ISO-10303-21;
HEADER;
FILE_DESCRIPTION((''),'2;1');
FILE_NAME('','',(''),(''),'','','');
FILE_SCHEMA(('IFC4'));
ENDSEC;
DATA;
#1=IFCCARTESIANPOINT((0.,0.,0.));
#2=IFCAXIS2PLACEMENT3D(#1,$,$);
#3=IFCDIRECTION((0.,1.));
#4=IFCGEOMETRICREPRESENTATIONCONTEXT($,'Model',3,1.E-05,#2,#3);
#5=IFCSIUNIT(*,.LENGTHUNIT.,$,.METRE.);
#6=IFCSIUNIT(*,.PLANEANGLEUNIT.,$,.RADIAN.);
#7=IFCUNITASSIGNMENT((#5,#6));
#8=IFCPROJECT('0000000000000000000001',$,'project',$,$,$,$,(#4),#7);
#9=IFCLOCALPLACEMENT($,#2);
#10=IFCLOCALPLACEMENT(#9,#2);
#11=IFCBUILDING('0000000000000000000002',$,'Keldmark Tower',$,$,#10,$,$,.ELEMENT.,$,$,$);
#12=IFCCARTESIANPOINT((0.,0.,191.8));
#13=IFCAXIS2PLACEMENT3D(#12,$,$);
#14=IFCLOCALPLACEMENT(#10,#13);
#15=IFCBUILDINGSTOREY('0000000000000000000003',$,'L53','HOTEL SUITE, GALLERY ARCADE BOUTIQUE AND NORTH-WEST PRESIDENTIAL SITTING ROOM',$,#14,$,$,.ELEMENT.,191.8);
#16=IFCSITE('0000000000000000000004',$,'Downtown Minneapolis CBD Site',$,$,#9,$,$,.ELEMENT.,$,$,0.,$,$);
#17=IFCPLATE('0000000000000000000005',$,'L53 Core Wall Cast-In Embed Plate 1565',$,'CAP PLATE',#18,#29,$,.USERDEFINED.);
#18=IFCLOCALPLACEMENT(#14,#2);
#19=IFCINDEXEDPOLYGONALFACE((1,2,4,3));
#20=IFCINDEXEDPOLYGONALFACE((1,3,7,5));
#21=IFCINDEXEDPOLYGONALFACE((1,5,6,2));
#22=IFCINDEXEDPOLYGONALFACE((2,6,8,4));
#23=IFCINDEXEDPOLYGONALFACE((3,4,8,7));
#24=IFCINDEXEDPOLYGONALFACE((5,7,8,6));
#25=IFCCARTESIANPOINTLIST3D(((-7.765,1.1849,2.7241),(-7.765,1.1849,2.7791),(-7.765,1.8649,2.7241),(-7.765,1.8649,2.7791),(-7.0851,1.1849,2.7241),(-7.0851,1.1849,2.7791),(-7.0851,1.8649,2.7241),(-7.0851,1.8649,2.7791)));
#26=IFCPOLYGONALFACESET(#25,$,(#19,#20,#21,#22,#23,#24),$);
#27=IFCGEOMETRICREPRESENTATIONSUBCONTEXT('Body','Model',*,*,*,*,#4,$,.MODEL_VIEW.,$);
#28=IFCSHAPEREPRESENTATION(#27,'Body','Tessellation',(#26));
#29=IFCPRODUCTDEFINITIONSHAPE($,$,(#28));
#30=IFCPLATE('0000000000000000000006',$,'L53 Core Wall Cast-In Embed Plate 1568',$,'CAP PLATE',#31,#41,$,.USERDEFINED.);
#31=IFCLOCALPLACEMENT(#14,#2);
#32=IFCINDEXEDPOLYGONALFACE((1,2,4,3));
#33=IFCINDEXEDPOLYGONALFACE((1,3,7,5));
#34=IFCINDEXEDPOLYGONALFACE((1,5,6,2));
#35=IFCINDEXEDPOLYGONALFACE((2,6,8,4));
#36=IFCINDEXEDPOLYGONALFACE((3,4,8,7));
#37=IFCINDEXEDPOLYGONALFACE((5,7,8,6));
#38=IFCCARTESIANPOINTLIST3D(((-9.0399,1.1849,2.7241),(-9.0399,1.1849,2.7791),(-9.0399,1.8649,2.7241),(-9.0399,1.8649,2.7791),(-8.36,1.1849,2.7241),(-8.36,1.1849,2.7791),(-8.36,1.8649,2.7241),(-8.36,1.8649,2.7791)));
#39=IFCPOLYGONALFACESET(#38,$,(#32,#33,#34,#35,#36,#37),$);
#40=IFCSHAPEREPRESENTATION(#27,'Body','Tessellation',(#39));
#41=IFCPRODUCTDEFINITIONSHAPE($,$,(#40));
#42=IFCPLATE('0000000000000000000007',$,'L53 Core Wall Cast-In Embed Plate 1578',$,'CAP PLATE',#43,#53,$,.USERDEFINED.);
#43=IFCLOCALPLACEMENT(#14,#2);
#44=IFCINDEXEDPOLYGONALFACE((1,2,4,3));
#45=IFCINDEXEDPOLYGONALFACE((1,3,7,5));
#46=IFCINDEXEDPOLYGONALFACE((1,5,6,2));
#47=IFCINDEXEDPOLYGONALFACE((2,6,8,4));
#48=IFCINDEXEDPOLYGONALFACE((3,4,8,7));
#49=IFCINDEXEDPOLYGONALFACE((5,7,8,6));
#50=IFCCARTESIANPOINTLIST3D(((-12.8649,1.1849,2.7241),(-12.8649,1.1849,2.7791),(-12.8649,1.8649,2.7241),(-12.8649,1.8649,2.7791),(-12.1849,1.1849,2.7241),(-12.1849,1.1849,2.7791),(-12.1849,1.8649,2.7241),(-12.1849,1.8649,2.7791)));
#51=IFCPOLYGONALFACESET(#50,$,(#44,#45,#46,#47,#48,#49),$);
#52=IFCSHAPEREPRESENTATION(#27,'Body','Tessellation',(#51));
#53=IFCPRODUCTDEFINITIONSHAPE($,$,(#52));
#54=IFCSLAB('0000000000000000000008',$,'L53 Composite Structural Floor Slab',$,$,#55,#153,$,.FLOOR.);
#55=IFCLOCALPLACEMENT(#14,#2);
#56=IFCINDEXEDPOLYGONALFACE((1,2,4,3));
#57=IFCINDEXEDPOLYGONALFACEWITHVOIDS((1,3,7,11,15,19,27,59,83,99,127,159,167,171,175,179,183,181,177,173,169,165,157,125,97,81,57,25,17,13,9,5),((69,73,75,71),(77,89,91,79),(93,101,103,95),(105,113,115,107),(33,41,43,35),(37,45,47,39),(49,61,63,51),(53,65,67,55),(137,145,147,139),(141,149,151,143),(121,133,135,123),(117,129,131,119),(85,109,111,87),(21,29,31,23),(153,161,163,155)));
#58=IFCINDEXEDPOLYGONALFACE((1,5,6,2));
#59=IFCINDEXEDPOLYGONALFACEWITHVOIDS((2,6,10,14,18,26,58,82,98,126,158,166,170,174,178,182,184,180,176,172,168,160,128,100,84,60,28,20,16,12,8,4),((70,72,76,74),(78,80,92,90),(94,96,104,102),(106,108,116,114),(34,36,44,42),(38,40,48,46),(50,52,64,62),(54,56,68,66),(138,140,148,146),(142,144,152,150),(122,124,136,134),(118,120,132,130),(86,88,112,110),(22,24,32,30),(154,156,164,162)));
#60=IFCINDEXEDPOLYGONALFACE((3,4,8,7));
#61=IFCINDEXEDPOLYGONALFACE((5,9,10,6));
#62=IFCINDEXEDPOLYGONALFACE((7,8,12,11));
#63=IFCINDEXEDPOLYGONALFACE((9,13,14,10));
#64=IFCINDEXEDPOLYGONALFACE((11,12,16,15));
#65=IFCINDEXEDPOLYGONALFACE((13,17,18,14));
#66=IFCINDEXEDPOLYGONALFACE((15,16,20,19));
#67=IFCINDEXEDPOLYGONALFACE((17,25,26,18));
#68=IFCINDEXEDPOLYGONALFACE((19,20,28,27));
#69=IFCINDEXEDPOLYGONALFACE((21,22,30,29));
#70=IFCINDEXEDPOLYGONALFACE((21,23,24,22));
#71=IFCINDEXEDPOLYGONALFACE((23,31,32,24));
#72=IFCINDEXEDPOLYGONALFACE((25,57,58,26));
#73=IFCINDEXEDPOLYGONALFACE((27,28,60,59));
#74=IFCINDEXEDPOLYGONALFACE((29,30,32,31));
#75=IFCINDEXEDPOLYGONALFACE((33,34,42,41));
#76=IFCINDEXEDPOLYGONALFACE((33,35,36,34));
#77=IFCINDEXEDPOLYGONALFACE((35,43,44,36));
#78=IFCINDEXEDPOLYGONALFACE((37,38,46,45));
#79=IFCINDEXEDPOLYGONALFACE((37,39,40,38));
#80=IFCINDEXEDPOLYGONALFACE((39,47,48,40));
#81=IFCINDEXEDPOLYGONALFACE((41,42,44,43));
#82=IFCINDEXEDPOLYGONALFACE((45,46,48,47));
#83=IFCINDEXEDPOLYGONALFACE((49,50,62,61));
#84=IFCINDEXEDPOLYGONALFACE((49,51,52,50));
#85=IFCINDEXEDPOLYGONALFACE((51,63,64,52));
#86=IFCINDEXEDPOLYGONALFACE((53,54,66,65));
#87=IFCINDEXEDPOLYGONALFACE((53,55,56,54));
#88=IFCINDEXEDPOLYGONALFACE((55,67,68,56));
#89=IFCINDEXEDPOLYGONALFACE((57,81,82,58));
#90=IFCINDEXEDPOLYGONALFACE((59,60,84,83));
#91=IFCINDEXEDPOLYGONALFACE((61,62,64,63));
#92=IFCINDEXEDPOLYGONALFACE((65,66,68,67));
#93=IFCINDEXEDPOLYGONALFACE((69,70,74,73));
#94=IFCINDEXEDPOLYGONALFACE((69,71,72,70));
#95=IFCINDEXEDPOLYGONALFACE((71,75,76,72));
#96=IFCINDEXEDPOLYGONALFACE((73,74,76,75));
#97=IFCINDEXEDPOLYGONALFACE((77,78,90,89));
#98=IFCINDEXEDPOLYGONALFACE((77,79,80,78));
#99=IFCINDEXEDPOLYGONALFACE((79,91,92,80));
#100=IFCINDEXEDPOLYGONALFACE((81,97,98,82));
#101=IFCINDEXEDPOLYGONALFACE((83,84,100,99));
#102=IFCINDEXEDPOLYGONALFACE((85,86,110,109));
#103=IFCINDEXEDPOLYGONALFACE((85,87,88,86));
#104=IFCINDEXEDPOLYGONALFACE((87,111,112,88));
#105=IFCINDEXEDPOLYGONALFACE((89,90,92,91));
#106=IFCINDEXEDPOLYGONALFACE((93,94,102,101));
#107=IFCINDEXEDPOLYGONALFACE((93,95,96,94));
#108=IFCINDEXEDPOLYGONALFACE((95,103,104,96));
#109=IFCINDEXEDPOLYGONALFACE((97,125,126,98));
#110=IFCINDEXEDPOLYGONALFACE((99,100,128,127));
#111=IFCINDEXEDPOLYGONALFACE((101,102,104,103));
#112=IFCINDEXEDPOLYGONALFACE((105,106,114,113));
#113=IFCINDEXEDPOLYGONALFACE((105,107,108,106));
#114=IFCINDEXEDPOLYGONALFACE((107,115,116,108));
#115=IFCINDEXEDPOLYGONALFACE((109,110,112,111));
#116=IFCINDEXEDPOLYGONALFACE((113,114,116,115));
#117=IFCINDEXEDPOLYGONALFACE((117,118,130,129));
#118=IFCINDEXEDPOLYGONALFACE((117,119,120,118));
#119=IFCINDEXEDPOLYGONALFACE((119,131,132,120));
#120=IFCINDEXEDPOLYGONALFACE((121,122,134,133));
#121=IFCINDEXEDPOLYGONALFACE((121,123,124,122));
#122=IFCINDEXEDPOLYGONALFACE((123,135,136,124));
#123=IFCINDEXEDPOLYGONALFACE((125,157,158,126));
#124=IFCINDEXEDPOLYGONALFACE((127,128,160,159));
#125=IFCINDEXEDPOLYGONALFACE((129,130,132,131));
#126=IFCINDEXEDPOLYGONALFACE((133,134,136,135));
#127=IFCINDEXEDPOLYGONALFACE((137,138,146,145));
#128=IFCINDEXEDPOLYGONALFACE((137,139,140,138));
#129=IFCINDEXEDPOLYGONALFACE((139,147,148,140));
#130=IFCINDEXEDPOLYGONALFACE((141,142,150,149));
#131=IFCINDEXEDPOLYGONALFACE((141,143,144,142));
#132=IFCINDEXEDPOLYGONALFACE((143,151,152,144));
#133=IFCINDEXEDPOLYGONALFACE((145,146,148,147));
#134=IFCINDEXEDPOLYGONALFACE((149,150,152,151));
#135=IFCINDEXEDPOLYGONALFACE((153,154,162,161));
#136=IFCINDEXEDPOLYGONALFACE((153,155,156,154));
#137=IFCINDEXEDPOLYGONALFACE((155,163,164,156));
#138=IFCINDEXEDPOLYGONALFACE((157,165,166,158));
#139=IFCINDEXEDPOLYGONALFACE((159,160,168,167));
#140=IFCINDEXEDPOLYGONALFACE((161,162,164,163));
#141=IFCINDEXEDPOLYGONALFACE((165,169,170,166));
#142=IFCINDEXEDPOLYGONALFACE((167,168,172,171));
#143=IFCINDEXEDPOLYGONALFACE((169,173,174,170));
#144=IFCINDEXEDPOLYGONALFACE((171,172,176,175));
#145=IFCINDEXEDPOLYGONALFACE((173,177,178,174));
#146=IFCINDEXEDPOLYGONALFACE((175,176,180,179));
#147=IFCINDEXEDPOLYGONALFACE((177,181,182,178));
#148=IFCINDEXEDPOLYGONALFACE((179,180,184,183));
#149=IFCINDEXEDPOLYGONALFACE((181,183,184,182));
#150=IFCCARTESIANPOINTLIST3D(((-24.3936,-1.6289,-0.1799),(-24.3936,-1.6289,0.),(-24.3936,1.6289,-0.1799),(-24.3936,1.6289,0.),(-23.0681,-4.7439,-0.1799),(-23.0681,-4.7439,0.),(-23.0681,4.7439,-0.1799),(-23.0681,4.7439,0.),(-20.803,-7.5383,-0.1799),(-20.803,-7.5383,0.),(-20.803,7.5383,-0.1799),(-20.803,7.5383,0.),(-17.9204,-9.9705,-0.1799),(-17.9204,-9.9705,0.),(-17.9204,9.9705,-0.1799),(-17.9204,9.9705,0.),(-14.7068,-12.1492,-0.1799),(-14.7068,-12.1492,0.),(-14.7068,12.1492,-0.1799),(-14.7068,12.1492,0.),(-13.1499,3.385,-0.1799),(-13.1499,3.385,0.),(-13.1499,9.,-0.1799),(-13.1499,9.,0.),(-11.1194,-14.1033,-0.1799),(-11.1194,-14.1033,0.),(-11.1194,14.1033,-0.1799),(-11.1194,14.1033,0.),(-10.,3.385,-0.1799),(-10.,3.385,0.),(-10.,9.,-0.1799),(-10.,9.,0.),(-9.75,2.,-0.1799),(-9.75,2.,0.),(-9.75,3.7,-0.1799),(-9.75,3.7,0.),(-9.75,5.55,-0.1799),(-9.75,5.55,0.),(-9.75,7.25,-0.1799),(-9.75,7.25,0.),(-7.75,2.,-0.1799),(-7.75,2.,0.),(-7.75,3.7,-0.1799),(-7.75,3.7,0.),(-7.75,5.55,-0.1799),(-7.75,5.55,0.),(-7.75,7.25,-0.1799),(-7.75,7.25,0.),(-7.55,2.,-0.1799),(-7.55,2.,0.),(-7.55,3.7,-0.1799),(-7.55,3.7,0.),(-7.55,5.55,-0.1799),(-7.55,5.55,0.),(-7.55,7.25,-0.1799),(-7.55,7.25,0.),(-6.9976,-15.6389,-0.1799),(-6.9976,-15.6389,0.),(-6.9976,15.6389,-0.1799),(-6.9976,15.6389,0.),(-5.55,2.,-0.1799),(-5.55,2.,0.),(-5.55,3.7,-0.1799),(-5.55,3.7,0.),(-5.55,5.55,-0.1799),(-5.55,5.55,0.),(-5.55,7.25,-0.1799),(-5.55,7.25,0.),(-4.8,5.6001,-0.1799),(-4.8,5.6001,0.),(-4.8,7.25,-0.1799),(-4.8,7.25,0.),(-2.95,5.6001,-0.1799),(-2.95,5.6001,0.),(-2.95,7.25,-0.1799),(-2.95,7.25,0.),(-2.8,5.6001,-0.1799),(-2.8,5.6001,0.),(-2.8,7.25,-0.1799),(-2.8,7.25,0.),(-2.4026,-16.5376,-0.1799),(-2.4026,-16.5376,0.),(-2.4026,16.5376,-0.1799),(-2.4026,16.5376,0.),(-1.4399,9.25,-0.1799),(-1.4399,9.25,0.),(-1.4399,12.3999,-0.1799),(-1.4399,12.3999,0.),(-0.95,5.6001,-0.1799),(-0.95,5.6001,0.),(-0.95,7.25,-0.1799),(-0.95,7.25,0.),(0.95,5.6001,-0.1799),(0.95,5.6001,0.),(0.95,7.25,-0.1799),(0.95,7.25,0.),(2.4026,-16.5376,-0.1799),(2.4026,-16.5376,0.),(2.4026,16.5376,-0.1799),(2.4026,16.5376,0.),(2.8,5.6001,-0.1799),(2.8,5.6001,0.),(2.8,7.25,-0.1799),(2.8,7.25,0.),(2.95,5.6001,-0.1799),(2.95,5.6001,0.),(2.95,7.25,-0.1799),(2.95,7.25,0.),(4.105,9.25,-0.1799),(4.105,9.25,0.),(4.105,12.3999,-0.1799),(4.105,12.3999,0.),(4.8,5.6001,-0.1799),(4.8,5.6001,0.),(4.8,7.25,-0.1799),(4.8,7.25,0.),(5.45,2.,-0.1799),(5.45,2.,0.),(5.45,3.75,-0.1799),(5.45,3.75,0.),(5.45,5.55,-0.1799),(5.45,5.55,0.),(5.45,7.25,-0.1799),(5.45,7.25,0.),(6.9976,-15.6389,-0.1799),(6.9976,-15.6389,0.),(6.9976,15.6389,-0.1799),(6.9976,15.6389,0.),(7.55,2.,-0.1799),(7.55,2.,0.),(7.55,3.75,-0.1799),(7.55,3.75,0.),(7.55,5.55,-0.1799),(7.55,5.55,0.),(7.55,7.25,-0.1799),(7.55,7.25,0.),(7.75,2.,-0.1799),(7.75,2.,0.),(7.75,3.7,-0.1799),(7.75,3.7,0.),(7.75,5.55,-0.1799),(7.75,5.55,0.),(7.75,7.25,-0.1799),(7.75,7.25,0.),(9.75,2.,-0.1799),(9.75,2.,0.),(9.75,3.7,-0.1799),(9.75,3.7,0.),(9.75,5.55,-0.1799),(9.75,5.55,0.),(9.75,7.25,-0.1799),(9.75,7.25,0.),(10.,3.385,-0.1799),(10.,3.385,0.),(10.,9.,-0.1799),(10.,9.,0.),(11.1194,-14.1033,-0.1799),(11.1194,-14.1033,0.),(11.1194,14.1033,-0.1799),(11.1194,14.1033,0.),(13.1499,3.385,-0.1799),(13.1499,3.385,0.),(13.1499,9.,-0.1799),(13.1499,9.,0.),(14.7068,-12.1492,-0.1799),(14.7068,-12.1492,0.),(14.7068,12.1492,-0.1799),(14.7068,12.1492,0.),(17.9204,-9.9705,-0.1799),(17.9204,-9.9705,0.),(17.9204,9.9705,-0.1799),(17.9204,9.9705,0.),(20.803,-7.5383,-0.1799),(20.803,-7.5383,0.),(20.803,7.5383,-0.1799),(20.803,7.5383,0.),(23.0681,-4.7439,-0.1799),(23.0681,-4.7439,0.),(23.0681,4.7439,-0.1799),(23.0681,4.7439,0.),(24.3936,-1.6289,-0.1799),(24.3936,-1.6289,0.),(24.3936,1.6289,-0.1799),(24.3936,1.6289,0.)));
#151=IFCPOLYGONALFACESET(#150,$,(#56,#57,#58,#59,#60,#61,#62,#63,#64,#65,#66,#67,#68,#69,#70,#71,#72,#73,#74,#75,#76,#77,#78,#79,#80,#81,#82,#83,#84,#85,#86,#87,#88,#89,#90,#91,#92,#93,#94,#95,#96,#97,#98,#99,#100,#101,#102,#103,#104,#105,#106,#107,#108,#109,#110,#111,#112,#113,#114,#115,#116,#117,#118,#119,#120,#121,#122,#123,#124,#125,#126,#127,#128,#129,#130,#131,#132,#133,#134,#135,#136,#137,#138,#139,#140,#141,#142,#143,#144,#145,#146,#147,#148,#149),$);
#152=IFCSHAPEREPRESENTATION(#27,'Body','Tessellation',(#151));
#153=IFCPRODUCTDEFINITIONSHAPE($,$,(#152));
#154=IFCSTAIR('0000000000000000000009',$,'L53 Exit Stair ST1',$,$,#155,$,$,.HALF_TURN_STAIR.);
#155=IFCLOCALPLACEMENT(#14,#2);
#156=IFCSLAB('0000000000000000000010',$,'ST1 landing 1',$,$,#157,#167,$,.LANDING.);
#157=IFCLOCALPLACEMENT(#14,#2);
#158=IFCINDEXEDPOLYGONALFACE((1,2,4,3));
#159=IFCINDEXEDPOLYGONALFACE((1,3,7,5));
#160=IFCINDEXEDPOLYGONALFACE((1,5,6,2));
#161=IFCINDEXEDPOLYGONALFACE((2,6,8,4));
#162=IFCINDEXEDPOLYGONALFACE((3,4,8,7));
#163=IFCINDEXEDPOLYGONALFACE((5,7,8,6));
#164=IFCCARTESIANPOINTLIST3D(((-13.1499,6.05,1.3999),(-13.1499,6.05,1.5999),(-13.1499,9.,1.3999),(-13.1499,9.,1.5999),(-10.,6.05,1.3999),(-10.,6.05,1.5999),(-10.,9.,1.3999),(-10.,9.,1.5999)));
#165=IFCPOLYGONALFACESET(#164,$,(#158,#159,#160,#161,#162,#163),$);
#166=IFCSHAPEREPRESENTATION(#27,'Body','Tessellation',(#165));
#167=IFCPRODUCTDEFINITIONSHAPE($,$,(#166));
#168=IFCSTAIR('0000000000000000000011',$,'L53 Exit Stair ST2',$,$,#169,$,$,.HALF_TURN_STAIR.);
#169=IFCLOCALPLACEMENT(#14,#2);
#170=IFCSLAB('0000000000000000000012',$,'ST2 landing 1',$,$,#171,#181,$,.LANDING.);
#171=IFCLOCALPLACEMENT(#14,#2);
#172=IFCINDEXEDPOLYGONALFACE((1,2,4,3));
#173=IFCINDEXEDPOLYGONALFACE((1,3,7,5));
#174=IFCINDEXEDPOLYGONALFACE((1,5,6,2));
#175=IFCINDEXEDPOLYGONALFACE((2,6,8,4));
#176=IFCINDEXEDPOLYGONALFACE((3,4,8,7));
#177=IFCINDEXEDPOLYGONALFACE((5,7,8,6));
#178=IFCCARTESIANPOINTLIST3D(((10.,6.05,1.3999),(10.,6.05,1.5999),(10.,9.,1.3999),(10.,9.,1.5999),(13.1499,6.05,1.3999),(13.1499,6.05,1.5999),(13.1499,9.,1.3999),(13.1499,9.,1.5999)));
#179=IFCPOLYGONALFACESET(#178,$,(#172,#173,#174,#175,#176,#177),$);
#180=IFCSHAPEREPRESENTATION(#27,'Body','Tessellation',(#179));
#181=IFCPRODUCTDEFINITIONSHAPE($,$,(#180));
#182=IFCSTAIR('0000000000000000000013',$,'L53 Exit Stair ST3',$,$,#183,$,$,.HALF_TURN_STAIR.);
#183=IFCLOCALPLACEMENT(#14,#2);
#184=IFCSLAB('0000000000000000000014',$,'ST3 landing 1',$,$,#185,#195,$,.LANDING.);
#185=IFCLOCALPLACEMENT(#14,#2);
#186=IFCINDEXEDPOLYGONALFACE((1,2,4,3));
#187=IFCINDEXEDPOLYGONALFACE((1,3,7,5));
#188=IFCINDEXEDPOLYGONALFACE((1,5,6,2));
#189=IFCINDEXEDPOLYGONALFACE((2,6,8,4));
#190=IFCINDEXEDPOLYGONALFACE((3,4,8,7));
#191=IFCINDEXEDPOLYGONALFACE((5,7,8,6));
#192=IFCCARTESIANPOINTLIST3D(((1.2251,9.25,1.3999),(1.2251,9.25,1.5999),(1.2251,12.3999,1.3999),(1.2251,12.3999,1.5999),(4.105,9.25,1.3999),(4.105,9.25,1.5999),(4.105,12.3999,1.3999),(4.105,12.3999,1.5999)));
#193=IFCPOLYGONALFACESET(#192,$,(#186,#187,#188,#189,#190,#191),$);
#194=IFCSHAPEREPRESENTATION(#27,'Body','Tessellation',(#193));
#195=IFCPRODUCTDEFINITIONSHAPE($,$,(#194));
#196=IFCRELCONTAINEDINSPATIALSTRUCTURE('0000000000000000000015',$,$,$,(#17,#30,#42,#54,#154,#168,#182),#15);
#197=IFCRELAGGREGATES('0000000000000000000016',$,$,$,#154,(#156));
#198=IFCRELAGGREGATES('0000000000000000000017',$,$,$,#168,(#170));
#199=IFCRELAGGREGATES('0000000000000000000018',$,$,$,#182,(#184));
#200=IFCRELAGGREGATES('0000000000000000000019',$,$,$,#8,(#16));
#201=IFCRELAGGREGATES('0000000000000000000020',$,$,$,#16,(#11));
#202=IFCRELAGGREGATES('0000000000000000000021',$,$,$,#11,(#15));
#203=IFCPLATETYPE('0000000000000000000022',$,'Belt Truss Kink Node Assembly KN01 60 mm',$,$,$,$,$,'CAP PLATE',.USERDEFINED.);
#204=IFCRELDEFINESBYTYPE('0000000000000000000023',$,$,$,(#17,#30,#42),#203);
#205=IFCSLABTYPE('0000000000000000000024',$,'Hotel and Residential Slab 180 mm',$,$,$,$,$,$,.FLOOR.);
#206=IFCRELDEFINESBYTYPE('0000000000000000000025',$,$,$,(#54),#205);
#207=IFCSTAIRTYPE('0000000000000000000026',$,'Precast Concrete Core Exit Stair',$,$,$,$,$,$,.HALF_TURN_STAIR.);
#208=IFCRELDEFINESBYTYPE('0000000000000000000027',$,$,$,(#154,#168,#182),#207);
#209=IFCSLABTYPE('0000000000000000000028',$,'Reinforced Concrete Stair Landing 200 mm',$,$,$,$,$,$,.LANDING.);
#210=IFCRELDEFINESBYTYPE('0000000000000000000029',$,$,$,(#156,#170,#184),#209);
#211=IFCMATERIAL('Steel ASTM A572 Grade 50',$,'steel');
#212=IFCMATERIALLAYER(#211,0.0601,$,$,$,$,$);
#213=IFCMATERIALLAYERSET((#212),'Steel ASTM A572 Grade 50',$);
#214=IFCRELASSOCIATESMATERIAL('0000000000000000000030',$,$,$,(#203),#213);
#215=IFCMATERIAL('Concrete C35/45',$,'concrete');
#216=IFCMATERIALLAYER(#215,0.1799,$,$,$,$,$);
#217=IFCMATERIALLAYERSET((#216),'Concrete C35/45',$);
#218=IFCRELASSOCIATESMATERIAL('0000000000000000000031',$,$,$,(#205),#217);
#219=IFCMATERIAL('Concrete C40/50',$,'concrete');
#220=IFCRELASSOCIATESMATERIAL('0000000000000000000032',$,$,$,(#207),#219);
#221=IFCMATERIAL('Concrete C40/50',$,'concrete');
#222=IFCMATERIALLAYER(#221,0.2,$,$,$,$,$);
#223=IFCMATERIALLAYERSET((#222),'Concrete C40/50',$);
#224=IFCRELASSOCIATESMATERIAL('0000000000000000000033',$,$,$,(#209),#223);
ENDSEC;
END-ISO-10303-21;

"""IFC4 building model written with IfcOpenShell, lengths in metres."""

from ifc_helpers import new_model, si_unit, direction, frame, origin, origin_2d, place, context, subcontext, project, spatial, polyline, rectangle, outline, extrude, material, layer, layer_set, type_object, element, aggregate, save


model = new_model("IFC4")

# Units and contexts
model_context = context("Model", 3, precision=1e-05, world=origin(), true_north=direction((0.0, 1.0)))
body_context = subcontext(model_context, "Body", "Model", "MODEL_VIEW")
ifc_project = project(units=[si_unit("LENGTHUNIT", "METRE"), si_unit("PLANEANGLEUNIT", "RADIAN")], contexts=[model_context])

# Site, building, storey
site_placement = place(None, origin())
site = spatial("IfcSite", under=ifc_project, at=site_placement, Name="Downtown Minneapolis CBD Site", CompositionType="ELEMENT", RefElevation=0.0)
building_placement = place(site_placement, origin())
building = spatial("IfcBuilding", under=site, at=building_placement, Name="Keldmark Tower", CompositionType="ELEMENT")
storey_placement = place(building_placement, frame((0.0, 0.0, 191.8)))
storey = spatial("IfcBuildingStorey", under=building, at=storey_placement, Name="L53", Description="HOTEL SUITE, GALLERY ARCADE BOUTIQUE AND NORTH-WEST PRESIDENTIAL SITTING ROOM", CompositionType="ELEMENT", Elevation=191.8)

# Plates
ifc_material_1 = material(Name="Steel ASTM A572 Grade 50", Category="steel")
ifc_layer_1 = layer(ifc_material_1, 0.0601)
ifc_layer_set_1 = layer_set([ifc_layer_1], Name="Steel ASTM A572 Grade 50")
plate_type = type_object("IfcPlateType", Name="Belt Truss Kink Node Assembly KN01 60 mm", ElementType="CAP PLATE", PredefinedType="USERDEFINED", material=ifc_layer_set_1)
for number, where, z_axis, x_axis, name in (
    (1, (-7.425, 1.5249, 2.7241), (0.0, 0.0, 1.0), (1.0, 0.0, 0.0), "L53 Core Wall Cast-In Embed Plate 1565"),
    (2, (-8.7, 1.5249, 2.7241), (0.0, 0.0, 1.0), (1.0, 0.0, 0.0), "L53 Core Wall Cast-In Embed Plate 1568"),
    (3, (-12.5249, 1.5249, 2.7241), (0.0, 0.0, 1.0), (1.0, 0.0, 0.0), "L53 Core Wall Cast-In Embed Plate 1578"),
):
    element("IfcPlate", number, at=place(storey_placement, frame(where, z_axis=z_axis, x_axis=x_axis)), inside=storey, type_object=plate_type, Name=name, ObjectType="CAP PLATE", PredefinedType="USERDEFINED", context=body_context, shape_type="SweptSolid", body=[
        extrude(rectangle(XDim=0.6799, YDim=0.6799, at=origin_2d()), origin(), (0.0, 0.0, 1.0), 0.0549),
    ])

# Slab
ifc_material_2 = material(Name="Concrete C35/45", Category="concrete")
ifc_layer_2 = layer(ifc_material_2, 0.1799)
ifc_layer_set_2 = layer_set([ifc_layer_2], Name="Concrete C35/45")
slab_type_1 = type_object("IfcSlabType", Name="Hotel and Residential Slab 180 mm", PredefinedType="FLOOR", material=ifc_layer_set_2)
slab_1_placement = place(storey_placement, frame((0.0, 0.0, -0.1799)))
element("IfcSlab", 4, at=slab_1_placement, inside=storey, type_object=slab_type_1, Name="L53 Composite Structural Floor Slab", PredefinedType="FLOOR", context=body_context, shape_type="SweptSolid", body=[
    extrude(outline(polyline([(24.3936, 1.6289), (23.0681, 4.7439), (20.803, 7.5383), (17.9204, 9.9705), (14.7068, 12.1492), (11.1194, 14.1033), (6.9976, 15.6389), (2.4026, 16.5376), (-2.4026, 16.5376), (-6.9976, 15.6389), (-11.1194, 14.1033), (-14.7068, 12.1492), (-17.9204, 9.9705), (-20.803, 7.5383), (-23.0681, 4.7439), (-24.3936, 1.6289), (-24.3936, -1.6289), (-23.0681, -4.7439), (-20.803, -7.5383), (-17.9204, -9.9705), (-14.7068, -12.1492), (-11.1194, -14.1033), (-6.9976, -15.6389), (-2.4026, -16.5376), (2.4026, -16.5376), (6.9976, -15.6389), (11.1194, -14.1033), (14.7068, -12.1492), (17.9204, -9.9705), (20.803, -7.5383), (23.0681, -4.7439), (24.3936, -1.6289), (24.3936, 1.6289)]), holes=[polyline([(-10.0, 3.385), (-10.0, 9.0), (-13.1499, 9.0), (-13.1499, 3.385), (-10.0, 3.385)]), polyline([(13.1499, 3.385), (13.1499, 9.0), (10.0, 9.0), (10.0, 3.385), (13.1499, 3.385)]), polyline([(-1.4399, 9.25), (4.105, 9.25), (4.105, 12.3999), (-1.4399, 12.3999), (-1.4399, 9.25)]), polyline([(-9.75, 2.0), (-7.75, 2.0), (-7.75, 3.7), (-9.75, 3.7), (-9.75, 2.0)]), polyline([(7.75, 2.0), (9.75, 2.0), (9.75, 3.7), (7.75, 3.7), (7.75, 2.0)]), polyline([(5.45, 2.0), (7.55, 2.0), (7.55, 3.75), (5.45, 3.75), (5.45, 2.0)]), polyline([(-4.8, 5.6001), (-2.95, 5.6001), (-2.95, 7.25), (-4.8, 7.25), (-4.8, 5.6001)]), polyline([(-2.8, 5.6001), (-0.95, 5.6001), (-0.95, 7.25), (-2.8, 7.25), (-2.8, 5.6001)]), polyline([(0.95, 5.6001), (2.8, 5.6001), (2.8, 7.25), (0.95, 7.25), (0.95, 5.6001)]), polyline([(2.95, 5.6001), (4.8, 5.6001), (4.8, 7.25), (2.95, 7.25), (2.95, 5.6001)]), polyline([(-9.75, 5.55), (-7.75, 5.55), (-7.75, 7.25), (-9.75, 7.25), (-9.75, 5.55)]), polyline([(-7.55, 5.55), (-5.55, 5.55), (-5.55, 7.25), (-7.55, 7.25), (-7.55, 5.55)]), polyline([(-7.55, 2.0), (-5.55, 2.0), (-5.55, 3.7), (-7.55, 3.7), (-7.55, 2.0)]), polyline([(5.45, 5.55), (7.55, 5.55), (7.55, 7.25), (5.45, 7.25), (5.45, 5.55)]), polyline([(7.75, 5.55), (9.75, 5.55), (9.75, 7.25), (7.75, 7.25), (7.75, 5.55)])]), origin(), (0.0, 0.0, 1.0), 0.1799),
])

# Stairs, slabs
ifc_material_3 = material(Name="Concrete C40/50", Category="concrete")
stair_type = type_object("IfcStairType", Name="Precast Concrete Core Exit Stair", PredefinedType="HALF_TURN_STAIR", material=ifc_material_3)
stair_1_placement = place(storey_placement, origin())
stair_1 = element("IfcStair", 5, at=stair_1_placement, inside=storey, type_object=stair_type, Name="L53 Exit Stair ST1", PredefinedType="HALF_TURN_STAIR")
ifc_material_4 = material(Name="Concrete C40/50", Category="concrete")
ifc_layer_3 = layer(ifc_material_4, 0.2)
ifc_layer_set_3 = layer_set([ifc_layer_3], Name="Concrete C40/50")
slab_type_2 = type_object("IfcSlabType", Name="Reinforced Concrete Stair Landing 200 mm", PredefinedType="LANDING", material=ifc_layer_set_3)
slab_2_placement = place(storey_placement, frame((0.0, 0.0, 1.3999)))
slab_2 = element("IfcSlab", 6, at=slab_2_placement, type_object=slab_type_2, Name="ST1 landing 1", PredefinedType="LANDING", context=body_context, shape_type="SweptSolid", body=[
    extrude(outline(polyline([(-10.0, 6.05), (-10.0, 9.0), (-13.1499, 9.0), (-13.1499, 6.05), (-10.0, 6.05)])), origin(), (0.0, 0.0, 1.0), 0.2),
])
aggregate(stair_1, [slab_2])
stair_2_placement = place(storey_placement, origin())
stair_2 = element("IfcStair", 7, at=stair_2_placement, inside=storey, type_object=stair_type, Name="L53 Exit Stair ST2", PredefinedType="HALF_TURN_STAIR")
slab_3_placement = place(storey_placement, frame((0.0, 0.0, 1.3999)))
slab_3 = element("IfcSlab", 8, at=slab_3_placement, type_object=slab_type_2, Name="ST2 landing 1", PredefinedType="LANDING", context=body_context, shape_type="SweptSolid", body=[
    extrude(outline(polyline([(13.1499, 6.05), (13.1499, 9.0), (10.0, 9.0), (10.0, 6.05), (13.1499, 6.05)])), origin(), (0.0, 0.0, 1.0), 0.2),
])
aggregate(stair_2, [slab_3])
stair_3_placement = place(storey_placement, origin())
stair_3 = element("IfcStair", 9, at=stair_3_placement, inside=storey, type_object=stair_type, Name="L53 Exit Stair ST3", PredefinedType="HALF_TURN_STAIR")
slab_4_placement = place(storey_placement, frame((0.0, 0.0, 1.3999)))
slab_4 = element("IfcSlab", 10, at=slab_4_placement, type_object=slab_type_2, Name="ST3 landing 1", PredefinedType="LANDING", context=body_context, shape_type="SweptSolid", body=[
    extrude(outline(polyline([(1.2251, 9.25), (4.105, 9.25), (4.105, 12.3999), (1.2251, 12.3999), (1.2251, 9.25)])), origin(), (0.0, 0.0, 1.0), 0.2),
])
aggregate(stair_3, [slab_4])

save(model, "model.ifc")
